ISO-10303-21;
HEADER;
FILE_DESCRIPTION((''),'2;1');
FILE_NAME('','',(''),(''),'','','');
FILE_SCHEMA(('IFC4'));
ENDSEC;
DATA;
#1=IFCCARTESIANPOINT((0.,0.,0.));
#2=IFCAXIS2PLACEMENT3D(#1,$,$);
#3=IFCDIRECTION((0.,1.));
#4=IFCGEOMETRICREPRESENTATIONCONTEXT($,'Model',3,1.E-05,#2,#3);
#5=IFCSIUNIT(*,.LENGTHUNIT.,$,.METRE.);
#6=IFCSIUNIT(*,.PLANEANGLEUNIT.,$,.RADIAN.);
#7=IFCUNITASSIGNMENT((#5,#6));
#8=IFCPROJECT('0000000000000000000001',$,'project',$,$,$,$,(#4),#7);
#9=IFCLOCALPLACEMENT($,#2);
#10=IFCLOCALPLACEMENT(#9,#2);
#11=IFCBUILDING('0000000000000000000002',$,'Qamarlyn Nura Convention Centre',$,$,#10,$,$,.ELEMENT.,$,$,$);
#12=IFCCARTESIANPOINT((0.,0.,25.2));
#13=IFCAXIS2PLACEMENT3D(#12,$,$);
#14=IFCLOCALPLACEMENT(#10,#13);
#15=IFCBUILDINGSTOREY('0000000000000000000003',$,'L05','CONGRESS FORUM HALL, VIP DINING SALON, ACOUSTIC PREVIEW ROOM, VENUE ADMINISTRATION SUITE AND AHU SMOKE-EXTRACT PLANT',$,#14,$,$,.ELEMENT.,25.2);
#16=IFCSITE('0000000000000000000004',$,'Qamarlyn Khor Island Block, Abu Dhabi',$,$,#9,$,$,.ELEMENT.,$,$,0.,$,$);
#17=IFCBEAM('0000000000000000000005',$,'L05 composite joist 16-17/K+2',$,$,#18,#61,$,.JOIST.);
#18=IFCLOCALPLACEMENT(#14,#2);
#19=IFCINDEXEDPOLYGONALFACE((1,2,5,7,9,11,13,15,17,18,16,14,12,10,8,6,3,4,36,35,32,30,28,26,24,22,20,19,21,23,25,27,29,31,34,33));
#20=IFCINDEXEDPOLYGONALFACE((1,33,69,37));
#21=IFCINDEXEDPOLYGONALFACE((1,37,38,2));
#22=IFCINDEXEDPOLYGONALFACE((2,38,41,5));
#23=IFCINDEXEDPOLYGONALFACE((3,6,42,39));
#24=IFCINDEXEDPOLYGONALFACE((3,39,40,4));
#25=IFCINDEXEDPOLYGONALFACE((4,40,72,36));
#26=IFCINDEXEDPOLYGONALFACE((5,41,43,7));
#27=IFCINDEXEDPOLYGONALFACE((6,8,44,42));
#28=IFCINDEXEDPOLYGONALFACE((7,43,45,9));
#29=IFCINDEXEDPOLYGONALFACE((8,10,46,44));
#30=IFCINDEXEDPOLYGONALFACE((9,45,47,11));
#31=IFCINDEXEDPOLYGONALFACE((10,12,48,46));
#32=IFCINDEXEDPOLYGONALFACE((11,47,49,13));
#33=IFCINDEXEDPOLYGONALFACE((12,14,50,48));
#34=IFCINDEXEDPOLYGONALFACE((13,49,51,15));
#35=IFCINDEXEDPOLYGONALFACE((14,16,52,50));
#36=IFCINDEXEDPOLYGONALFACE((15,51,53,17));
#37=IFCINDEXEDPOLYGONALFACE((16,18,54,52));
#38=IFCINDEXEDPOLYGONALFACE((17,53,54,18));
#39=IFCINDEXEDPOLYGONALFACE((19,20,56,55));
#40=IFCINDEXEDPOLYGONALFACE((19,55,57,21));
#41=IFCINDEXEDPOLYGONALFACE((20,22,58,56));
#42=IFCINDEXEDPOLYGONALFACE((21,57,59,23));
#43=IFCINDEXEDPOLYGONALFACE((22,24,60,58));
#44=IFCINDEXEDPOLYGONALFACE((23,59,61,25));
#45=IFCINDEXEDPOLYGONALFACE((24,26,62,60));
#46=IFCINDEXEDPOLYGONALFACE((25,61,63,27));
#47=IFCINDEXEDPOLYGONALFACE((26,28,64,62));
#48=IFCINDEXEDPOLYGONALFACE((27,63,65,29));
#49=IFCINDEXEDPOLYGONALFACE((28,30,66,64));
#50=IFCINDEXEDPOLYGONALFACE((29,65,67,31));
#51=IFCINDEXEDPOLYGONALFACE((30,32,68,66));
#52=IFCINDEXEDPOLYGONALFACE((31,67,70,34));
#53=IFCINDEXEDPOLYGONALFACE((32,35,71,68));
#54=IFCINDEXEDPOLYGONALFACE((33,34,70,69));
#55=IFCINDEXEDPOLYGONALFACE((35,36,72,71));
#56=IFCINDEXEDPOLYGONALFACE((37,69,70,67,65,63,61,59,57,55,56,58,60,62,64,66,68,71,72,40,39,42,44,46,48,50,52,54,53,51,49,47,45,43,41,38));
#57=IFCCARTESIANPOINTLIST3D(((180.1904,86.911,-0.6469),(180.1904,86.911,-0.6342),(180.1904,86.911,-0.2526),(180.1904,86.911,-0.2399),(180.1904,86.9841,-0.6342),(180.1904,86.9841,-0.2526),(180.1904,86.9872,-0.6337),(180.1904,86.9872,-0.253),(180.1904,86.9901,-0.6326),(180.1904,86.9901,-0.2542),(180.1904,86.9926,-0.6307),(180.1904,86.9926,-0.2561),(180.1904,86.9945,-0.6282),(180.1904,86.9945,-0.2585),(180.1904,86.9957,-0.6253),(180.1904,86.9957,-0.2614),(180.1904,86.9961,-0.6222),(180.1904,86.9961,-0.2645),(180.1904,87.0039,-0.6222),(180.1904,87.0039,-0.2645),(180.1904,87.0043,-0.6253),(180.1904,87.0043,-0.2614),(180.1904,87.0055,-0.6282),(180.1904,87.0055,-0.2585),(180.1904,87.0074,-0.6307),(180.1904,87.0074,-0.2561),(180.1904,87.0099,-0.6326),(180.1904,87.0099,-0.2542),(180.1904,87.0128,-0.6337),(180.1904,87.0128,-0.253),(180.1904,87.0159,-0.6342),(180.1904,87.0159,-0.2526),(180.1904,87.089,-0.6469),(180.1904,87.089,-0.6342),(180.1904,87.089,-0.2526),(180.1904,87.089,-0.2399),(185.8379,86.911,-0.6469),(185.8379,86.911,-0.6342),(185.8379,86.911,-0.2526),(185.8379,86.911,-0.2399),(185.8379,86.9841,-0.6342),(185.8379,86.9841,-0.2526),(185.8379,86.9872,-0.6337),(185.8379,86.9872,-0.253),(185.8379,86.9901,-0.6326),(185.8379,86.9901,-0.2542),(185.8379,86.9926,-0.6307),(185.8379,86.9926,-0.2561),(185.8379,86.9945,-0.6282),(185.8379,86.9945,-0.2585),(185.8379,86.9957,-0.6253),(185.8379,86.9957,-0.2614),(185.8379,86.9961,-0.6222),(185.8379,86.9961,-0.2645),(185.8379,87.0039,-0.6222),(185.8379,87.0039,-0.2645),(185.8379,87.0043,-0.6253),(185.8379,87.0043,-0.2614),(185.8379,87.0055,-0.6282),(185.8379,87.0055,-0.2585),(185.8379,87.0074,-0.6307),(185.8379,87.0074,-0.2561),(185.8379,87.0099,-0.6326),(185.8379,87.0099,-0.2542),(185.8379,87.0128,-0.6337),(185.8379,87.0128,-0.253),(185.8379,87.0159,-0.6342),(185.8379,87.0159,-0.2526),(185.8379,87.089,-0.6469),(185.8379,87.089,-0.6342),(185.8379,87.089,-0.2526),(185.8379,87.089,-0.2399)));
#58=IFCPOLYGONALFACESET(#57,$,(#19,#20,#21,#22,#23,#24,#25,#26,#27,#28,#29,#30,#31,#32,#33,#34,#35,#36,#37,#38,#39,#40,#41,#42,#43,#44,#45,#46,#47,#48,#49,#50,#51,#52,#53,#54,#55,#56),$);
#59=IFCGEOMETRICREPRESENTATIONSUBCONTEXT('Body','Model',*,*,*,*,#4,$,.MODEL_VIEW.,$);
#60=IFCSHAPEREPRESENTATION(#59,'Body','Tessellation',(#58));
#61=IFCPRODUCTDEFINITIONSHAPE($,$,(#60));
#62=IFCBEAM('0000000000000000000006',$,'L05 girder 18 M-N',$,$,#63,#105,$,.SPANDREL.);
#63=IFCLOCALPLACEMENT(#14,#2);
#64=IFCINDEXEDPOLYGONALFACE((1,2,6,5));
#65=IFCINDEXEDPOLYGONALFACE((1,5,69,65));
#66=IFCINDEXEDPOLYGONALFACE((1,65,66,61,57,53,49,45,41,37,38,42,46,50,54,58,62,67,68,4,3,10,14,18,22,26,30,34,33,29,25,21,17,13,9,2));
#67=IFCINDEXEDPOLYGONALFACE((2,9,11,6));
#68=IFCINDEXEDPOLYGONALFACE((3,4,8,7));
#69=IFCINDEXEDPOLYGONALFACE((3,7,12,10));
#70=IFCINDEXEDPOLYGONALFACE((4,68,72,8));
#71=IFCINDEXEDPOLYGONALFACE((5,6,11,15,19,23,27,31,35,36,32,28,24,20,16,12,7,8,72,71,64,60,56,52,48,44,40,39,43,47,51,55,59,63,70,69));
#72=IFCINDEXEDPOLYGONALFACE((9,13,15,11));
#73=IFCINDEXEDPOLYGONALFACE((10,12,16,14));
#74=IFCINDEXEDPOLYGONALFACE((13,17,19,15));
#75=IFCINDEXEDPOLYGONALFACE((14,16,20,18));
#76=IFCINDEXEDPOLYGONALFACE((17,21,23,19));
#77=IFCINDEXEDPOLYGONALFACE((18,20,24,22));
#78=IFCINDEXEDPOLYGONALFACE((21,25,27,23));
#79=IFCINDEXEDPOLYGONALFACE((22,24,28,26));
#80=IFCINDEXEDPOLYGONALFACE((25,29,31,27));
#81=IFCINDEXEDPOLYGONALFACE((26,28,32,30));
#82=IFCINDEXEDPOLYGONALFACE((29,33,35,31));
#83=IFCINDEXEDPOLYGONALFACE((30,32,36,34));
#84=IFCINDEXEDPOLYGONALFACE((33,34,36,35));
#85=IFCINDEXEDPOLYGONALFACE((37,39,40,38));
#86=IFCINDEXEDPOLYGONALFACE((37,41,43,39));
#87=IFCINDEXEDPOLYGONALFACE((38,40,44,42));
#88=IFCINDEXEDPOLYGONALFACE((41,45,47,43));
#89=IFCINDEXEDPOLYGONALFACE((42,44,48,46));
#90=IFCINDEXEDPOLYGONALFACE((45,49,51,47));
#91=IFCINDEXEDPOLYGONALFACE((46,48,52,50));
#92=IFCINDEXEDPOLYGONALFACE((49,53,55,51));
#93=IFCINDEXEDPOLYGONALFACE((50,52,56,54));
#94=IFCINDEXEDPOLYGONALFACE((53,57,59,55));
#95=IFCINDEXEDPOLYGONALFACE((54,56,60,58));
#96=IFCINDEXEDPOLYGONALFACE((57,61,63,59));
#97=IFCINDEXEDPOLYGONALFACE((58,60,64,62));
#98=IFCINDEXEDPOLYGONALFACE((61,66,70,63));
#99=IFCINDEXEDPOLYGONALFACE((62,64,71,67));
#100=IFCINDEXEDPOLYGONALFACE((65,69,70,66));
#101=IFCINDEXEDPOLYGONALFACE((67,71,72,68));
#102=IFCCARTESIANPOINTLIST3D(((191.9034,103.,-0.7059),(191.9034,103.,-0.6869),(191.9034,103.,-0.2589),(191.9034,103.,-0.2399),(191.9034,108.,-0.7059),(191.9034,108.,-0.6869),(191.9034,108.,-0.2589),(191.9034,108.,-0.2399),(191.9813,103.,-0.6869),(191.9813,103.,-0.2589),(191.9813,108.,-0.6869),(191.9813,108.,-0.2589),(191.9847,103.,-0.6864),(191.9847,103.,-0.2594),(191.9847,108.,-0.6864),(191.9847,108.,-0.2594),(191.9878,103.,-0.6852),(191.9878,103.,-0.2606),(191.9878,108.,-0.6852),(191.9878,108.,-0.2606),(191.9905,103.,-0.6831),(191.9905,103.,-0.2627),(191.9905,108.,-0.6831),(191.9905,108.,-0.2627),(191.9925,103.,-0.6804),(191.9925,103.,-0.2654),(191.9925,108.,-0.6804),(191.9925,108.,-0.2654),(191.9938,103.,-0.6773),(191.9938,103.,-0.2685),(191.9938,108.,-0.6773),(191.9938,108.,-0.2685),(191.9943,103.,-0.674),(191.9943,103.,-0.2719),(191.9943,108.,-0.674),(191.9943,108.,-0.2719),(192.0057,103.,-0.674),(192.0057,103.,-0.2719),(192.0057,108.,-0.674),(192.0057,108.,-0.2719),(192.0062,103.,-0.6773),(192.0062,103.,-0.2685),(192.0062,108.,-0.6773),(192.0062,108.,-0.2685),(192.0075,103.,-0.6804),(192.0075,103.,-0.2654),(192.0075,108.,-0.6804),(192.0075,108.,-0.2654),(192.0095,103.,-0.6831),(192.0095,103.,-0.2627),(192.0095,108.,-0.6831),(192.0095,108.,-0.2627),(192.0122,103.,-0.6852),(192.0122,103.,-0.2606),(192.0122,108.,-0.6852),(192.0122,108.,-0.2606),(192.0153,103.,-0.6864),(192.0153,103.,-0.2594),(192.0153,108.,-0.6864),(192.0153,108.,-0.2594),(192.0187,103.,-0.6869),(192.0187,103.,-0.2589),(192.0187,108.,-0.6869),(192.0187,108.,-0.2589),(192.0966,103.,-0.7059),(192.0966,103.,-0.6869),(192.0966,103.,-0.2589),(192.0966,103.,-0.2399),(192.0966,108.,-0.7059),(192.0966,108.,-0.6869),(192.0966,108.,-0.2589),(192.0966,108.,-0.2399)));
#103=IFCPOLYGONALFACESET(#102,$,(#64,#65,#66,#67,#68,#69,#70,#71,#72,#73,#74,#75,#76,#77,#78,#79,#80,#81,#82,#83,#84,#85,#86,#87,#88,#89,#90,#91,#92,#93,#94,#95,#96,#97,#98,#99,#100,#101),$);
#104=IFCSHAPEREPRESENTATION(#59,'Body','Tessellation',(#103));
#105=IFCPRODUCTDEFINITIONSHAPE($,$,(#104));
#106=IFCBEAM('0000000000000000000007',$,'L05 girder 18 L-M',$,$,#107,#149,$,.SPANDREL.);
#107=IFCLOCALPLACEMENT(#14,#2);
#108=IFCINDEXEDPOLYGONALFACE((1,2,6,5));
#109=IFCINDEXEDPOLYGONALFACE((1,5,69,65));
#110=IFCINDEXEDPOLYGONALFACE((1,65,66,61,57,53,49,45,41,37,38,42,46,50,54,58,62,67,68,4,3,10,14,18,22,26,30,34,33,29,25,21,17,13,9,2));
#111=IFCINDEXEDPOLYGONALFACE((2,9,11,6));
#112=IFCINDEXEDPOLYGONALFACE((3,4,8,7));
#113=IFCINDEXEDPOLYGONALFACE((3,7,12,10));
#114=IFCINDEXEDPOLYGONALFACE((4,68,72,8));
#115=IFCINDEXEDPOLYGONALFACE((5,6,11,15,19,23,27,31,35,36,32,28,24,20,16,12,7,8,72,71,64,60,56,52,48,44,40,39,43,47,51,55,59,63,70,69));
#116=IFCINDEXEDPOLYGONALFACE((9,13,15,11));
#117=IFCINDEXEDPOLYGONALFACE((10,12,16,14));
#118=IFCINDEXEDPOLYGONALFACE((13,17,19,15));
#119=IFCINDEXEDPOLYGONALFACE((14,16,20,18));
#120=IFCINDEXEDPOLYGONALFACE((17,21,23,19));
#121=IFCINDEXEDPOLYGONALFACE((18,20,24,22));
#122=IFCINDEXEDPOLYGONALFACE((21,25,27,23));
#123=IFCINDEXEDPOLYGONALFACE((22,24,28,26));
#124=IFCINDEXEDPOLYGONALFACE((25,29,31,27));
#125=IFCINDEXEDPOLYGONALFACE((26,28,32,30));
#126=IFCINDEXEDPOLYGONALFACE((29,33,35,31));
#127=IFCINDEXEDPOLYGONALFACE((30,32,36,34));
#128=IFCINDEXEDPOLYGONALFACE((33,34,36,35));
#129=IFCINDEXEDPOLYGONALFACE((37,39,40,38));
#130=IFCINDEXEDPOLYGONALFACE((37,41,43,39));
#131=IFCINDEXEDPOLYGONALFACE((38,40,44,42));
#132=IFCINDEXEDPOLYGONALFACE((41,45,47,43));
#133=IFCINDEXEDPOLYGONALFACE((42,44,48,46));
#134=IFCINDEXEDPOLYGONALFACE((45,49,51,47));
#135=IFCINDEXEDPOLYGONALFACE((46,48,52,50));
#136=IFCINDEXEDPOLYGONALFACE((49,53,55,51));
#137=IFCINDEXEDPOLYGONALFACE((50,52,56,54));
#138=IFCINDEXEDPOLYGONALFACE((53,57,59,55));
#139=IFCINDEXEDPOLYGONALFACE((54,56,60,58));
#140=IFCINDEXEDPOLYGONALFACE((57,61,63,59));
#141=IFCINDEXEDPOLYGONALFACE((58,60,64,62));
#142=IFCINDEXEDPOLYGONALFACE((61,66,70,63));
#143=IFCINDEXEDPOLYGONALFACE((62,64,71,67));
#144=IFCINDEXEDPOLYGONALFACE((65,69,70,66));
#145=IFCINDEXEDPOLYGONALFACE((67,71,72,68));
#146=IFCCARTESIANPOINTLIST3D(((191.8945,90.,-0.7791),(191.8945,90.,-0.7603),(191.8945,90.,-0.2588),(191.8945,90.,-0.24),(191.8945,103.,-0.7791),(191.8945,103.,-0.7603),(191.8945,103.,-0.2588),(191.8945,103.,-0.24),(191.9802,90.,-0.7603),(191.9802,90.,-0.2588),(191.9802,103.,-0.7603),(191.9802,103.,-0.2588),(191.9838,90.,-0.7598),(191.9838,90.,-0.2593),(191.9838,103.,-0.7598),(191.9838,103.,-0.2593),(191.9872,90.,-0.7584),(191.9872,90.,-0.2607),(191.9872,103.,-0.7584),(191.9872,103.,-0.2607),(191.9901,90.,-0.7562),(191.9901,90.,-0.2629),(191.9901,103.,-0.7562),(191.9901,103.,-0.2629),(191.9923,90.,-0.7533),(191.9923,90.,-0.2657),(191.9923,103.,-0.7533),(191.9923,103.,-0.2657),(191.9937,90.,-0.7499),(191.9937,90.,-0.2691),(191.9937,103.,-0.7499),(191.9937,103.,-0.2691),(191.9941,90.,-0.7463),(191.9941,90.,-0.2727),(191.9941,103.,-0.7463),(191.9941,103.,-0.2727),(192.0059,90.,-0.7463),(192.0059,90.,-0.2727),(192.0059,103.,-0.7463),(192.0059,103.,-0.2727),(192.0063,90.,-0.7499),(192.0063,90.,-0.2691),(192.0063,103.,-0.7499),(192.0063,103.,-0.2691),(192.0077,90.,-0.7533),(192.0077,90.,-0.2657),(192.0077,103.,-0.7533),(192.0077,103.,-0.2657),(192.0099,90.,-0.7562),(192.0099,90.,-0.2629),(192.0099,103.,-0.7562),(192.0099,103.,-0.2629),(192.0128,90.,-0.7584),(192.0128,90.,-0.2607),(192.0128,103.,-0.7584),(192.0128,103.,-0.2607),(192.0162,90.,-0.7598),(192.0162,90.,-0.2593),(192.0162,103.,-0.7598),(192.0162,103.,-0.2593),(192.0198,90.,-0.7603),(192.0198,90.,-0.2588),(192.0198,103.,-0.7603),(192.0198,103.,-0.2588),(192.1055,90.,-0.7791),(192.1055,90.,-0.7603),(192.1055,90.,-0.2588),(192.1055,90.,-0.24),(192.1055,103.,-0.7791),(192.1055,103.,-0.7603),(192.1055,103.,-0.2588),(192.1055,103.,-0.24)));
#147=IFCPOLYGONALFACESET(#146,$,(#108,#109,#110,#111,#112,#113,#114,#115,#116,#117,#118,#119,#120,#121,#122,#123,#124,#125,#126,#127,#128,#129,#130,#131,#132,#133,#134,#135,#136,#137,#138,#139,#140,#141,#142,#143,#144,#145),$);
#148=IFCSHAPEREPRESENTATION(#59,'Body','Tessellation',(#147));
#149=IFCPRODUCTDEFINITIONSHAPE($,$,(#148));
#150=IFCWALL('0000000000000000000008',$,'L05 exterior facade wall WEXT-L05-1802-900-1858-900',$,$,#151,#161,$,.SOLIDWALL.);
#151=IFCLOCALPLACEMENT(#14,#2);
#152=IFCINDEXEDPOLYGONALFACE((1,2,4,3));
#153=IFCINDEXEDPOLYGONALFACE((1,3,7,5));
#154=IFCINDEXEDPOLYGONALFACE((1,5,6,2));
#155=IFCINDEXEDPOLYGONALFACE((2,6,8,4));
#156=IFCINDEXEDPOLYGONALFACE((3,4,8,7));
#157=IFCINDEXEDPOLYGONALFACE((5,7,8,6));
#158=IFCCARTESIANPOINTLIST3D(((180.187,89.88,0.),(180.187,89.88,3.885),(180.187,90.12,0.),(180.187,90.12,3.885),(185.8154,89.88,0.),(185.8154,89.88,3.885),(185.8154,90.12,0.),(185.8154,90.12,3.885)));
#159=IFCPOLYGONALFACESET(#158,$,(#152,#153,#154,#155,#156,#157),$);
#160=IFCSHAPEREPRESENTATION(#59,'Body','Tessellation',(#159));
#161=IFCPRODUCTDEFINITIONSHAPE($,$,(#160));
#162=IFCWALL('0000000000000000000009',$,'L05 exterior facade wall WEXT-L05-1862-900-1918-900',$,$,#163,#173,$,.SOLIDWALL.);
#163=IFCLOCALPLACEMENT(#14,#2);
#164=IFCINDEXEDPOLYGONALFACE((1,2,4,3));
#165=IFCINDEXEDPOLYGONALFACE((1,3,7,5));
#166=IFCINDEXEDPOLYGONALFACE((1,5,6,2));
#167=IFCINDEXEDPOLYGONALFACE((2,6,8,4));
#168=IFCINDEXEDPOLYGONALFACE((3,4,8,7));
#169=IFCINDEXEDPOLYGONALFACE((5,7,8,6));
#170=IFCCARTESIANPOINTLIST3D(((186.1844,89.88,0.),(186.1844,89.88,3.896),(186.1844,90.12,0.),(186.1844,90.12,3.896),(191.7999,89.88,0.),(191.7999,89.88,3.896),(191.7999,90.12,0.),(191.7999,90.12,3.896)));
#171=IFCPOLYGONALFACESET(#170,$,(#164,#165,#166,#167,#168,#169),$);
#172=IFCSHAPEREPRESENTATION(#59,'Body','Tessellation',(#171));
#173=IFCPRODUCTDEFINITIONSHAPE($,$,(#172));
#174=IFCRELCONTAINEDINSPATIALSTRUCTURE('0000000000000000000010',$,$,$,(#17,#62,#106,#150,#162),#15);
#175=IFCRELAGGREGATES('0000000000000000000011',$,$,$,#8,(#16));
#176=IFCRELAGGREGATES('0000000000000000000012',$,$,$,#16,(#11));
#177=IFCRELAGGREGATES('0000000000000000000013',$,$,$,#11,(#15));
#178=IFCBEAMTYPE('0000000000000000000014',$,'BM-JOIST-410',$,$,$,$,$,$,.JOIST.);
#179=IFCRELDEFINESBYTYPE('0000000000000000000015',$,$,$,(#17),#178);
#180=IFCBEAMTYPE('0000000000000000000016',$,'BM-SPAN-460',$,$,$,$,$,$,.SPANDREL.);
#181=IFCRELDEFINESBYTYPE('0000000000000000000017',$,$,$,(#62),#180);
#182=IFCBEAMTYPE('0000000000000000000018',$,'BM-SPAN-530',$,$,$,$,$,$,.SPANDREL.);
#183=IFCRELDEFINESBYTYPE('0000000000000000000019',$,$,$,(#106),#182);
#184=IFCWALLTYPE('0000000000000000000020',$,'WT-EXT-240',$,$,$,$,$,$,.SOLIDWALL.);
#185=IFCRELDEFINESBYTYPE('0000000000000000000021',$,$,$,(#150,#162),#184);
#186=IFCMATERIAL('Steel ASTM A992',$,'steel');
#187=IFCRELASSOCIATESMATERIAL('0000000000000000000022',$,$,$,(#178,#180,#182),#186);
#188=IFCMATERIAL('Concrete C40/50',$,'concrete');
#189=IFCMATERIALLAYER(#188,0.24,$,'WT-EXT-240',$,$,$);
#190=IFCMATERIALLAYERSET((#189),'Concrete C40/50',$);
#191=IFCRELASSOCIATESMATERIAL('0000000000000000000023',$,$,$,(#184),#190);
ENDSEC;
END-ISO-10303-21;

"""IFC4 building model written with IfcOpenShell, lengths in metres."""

from ifc_helpers import new_model, si_unit, direction, frame, frame_2d, origin, origin_2d, place, context, subcontext, project, spatial, rectangle, i_section, extrude, material, layer, layer_set, material_profile, profile_set, type_object, element, save


model = new_model("IFC4")

# Units and contexts
model_context = context("Model", 3, precision=1e-05, world=origin(), true_north=direction((0.0, 1.0)))
body_context = subcontext(model_context, "Body", "Model", "MODEL_VIEW")
ifc_project = project(units=[si_unit("LENGTHUNIT", "METRE"), si_unit("PLANEANGLEUNIT", "RADIAN")], contexts=[model_context])

# Site, building, storey
site_placement = place(None, origin())
site = spatial("IfcSite", under=ifc_project, at=site_placement, Name="Qamarlyn Khor Island Block, Abu Dhabi", CompositionType="ELEMENT", RefElevation=0.0)
building_placement = place(site_placement, origin())
building = spatial("IfcBuilding", under=site, at=building_placement, Name="Qamarlyn Nura Convention Centre", CompositionType="ELEMENT")
storey_placement = place(building_placement, frame((0.0, 0.0, 25.2)))
storey = spatial("IfcBuildingStorey", under=building, at=storey_placement, Name="L05", Description="CONGRESS FORUM HALL, VIP DINING SALON, ACOUSTIC PREVIEW ROOM, VENUE ADMINISTRATION SUITE AND AHU SMOKE-EXTRACT PLANT", CompositionType="ELEMENT", Elevation=25.2)

# Shared definitions
ifc_material_1 = material(Name="Steel ASTM A992", Category="steel")

# Beams
ifc_material_profile_1 = material_profile(ifc_material_1, i_section(OverallWidth=0.178, OverallDepth=0.407, WebThickness=0.0078, FlangeThickness=0.0127, FilletRadius=0.012, at=origin_2d()), Name="W410X60")
ifc_profile_set_1 = profile_set([ifc_material_profile_1], Name="Steel ASTM A992")
beam_type_1 = type_object("IfcBeamType", Name="BM-JOIST-410", PredefinedType="JOIST", material=ifc_profile_set_1)
beam_1_placement = place(storey_placement, frame((180.1904, 87.0, -0.4434), z_axis=(1.0, 0.0, 0.0), x_axis=(0.0, 1.0, 0.0)))
element("IfcBeam", 1, at=beam_1_placement, inside=storey, type_object=beam_type_1, Name="L05 composite joist 16-17/K+2", PredefinedType="JOIST", context=body_context, shape_type="SweptSolid", body=[
    extrude(i_section(OverallWidth=0.178, OverallDepth=0.407, WebThickness=0.0078, FlangeThickness=0.0127, FilletRadius=0.012, at=origin_2d()), origin(), (0.0, 0.0, 1.0), 5.6475),
])
ifc_material_profile_2 = material_profile(ifc_material_1, i_section(OverallWidth=0.1931, OverallDepth=0.4661, WebThickness=0.0115, FlangeThickness=0.019, FilletRadius=0.0129, at=origin_2d()), Name="W460X97")
ifc_profile_set_2 = profile_set([ifc_material_profile_2], Name="Steel ASTM A992")
beam_type_2 = type_object("IfcBeamType", Name="BM-SPAN-460", PredefinedType="SPANDREL", material=ifc_profile_set_2)
beam_2_placement = place(storey_placement, frame((192.0, 103.0, -0.4729), z_axis=(0.0, 1.0, 0.0), x_axis=(-1.0, 0.0, 0.0)))
element("IfcBeam", 2, at=beam_2_placement, inside=storey, type_object=beam_type_2, Name="L05 girder 18 M-N", PredefinedType="SPANDREL", context=body_context, shape_type="SweptSolid", body=[
    extrude(i_section(OverallWidth=0.1931, OverallDepth=0.4661, WebThickness=0.0115, FlangeThickness=0.019, FilletRadius=0.0129, at=origin_2d()), origin(), (0.0, 0.0, 1.0), 5.0),
])
ifc_material_profile_3 = material_profile(ifc_material_1, i_section(OverallWidth=0.2109, OverallDepth=0.5391, WebThickness=0.0117, FlangeThickness=0.0188, FilletRadius=0.0139, at=origin_2d()), Name="W530X109")
ifc_profile_set_3 = profile_set([ifc_material_profile_3], Name="Steel ASTM A992")
beam_type_3 = type_object("IfcBeamType", Name="BM-SPAN-530", PredefinedType="SPANDREL", material=ifc_profile_set_3)
beam_3_placement = place(storey_placement, frame((192.0, 90.0, -0.5095), z_axis=(0.0, 1.0, 0.0), x_axis=(-1.0, 0.0, 0.0)))
element("IfcBeam", 3, at=beam_3_placement, inside=storey, type_object=beam_type_3, Name="L05 girder 18 L-M", PredefinedType="SPANDREL", context=body_context, shape_type="SweptSolid", body=[
    extrude(i_section(OverallWidth=0.2109, OverallDepth=0.5391, WebThickness=0.0117, FlangeThickness=0.0188, FilletRadius=0.0139, at=origin_2d()), origin(), (0.0, 0.0, 1.0), 13.0),
])

# Walls
ifc_material_2 = material(Name="Concrete C40/50", Category="concrete")
ifc_layer_1 = layer(ifc_material_2, 0.24, Name="WT-EXT-240")
ifc_layer_set_1 = layer_set([ifc_layer_1], Name="Concrete C40/50")
wall_type_1 = type_object("IfcWallType", Name="WT-EXT-240", PredefinedType="SOLIDWALL", material=ifc_layer_set_1)
wall_1_placement = place(storey_placement, frame((180.187, 90.0, 0.0), z_axis=(0.0, 0.0, 1.0), x_axis=(1.0, 0.0, 0.0)))
element("IfcWall", 4, at=wall_1_placement, inside=storey, type_object=wall_type_1, Name="L05 exterior facade wall WEXT-L05-1802-900-1858-900", PredefinedType="SOLIDWALL", context=body_context, shape_type="SweptSolid", body=[
    extrude(rectangle(XDim=5.6284, YDim=0.24, at=frame_2d((2.8142, 0.0))), origin(), (0.0, 0.0, 1.0), 3.885),
])
wall_2_placement = place(storey_placement, frame((186.1846, 90.0, 0.0), z_axis=(0.0, 0.0, 1.0), x_axis=(1.0, 0.0, 0.0)))
element("IfcWall", 5, at=wall_2_placement, inside=storey, type_object=wall_type_1, Name="L05 exterior facade wall WEXT-L05-1862-900-1918-900", PredefinedType="SOLIDWALL", context=body_context, shape_type="SweptSolid", body=[
    extrude(rectangle(XDim=5.6155, YDim=0.24, at=frame_2d((2.8076, 0.0))), origin(), (0.0, 0.0, 1.0), 3.896),
])

save(model, "model.ifc")
